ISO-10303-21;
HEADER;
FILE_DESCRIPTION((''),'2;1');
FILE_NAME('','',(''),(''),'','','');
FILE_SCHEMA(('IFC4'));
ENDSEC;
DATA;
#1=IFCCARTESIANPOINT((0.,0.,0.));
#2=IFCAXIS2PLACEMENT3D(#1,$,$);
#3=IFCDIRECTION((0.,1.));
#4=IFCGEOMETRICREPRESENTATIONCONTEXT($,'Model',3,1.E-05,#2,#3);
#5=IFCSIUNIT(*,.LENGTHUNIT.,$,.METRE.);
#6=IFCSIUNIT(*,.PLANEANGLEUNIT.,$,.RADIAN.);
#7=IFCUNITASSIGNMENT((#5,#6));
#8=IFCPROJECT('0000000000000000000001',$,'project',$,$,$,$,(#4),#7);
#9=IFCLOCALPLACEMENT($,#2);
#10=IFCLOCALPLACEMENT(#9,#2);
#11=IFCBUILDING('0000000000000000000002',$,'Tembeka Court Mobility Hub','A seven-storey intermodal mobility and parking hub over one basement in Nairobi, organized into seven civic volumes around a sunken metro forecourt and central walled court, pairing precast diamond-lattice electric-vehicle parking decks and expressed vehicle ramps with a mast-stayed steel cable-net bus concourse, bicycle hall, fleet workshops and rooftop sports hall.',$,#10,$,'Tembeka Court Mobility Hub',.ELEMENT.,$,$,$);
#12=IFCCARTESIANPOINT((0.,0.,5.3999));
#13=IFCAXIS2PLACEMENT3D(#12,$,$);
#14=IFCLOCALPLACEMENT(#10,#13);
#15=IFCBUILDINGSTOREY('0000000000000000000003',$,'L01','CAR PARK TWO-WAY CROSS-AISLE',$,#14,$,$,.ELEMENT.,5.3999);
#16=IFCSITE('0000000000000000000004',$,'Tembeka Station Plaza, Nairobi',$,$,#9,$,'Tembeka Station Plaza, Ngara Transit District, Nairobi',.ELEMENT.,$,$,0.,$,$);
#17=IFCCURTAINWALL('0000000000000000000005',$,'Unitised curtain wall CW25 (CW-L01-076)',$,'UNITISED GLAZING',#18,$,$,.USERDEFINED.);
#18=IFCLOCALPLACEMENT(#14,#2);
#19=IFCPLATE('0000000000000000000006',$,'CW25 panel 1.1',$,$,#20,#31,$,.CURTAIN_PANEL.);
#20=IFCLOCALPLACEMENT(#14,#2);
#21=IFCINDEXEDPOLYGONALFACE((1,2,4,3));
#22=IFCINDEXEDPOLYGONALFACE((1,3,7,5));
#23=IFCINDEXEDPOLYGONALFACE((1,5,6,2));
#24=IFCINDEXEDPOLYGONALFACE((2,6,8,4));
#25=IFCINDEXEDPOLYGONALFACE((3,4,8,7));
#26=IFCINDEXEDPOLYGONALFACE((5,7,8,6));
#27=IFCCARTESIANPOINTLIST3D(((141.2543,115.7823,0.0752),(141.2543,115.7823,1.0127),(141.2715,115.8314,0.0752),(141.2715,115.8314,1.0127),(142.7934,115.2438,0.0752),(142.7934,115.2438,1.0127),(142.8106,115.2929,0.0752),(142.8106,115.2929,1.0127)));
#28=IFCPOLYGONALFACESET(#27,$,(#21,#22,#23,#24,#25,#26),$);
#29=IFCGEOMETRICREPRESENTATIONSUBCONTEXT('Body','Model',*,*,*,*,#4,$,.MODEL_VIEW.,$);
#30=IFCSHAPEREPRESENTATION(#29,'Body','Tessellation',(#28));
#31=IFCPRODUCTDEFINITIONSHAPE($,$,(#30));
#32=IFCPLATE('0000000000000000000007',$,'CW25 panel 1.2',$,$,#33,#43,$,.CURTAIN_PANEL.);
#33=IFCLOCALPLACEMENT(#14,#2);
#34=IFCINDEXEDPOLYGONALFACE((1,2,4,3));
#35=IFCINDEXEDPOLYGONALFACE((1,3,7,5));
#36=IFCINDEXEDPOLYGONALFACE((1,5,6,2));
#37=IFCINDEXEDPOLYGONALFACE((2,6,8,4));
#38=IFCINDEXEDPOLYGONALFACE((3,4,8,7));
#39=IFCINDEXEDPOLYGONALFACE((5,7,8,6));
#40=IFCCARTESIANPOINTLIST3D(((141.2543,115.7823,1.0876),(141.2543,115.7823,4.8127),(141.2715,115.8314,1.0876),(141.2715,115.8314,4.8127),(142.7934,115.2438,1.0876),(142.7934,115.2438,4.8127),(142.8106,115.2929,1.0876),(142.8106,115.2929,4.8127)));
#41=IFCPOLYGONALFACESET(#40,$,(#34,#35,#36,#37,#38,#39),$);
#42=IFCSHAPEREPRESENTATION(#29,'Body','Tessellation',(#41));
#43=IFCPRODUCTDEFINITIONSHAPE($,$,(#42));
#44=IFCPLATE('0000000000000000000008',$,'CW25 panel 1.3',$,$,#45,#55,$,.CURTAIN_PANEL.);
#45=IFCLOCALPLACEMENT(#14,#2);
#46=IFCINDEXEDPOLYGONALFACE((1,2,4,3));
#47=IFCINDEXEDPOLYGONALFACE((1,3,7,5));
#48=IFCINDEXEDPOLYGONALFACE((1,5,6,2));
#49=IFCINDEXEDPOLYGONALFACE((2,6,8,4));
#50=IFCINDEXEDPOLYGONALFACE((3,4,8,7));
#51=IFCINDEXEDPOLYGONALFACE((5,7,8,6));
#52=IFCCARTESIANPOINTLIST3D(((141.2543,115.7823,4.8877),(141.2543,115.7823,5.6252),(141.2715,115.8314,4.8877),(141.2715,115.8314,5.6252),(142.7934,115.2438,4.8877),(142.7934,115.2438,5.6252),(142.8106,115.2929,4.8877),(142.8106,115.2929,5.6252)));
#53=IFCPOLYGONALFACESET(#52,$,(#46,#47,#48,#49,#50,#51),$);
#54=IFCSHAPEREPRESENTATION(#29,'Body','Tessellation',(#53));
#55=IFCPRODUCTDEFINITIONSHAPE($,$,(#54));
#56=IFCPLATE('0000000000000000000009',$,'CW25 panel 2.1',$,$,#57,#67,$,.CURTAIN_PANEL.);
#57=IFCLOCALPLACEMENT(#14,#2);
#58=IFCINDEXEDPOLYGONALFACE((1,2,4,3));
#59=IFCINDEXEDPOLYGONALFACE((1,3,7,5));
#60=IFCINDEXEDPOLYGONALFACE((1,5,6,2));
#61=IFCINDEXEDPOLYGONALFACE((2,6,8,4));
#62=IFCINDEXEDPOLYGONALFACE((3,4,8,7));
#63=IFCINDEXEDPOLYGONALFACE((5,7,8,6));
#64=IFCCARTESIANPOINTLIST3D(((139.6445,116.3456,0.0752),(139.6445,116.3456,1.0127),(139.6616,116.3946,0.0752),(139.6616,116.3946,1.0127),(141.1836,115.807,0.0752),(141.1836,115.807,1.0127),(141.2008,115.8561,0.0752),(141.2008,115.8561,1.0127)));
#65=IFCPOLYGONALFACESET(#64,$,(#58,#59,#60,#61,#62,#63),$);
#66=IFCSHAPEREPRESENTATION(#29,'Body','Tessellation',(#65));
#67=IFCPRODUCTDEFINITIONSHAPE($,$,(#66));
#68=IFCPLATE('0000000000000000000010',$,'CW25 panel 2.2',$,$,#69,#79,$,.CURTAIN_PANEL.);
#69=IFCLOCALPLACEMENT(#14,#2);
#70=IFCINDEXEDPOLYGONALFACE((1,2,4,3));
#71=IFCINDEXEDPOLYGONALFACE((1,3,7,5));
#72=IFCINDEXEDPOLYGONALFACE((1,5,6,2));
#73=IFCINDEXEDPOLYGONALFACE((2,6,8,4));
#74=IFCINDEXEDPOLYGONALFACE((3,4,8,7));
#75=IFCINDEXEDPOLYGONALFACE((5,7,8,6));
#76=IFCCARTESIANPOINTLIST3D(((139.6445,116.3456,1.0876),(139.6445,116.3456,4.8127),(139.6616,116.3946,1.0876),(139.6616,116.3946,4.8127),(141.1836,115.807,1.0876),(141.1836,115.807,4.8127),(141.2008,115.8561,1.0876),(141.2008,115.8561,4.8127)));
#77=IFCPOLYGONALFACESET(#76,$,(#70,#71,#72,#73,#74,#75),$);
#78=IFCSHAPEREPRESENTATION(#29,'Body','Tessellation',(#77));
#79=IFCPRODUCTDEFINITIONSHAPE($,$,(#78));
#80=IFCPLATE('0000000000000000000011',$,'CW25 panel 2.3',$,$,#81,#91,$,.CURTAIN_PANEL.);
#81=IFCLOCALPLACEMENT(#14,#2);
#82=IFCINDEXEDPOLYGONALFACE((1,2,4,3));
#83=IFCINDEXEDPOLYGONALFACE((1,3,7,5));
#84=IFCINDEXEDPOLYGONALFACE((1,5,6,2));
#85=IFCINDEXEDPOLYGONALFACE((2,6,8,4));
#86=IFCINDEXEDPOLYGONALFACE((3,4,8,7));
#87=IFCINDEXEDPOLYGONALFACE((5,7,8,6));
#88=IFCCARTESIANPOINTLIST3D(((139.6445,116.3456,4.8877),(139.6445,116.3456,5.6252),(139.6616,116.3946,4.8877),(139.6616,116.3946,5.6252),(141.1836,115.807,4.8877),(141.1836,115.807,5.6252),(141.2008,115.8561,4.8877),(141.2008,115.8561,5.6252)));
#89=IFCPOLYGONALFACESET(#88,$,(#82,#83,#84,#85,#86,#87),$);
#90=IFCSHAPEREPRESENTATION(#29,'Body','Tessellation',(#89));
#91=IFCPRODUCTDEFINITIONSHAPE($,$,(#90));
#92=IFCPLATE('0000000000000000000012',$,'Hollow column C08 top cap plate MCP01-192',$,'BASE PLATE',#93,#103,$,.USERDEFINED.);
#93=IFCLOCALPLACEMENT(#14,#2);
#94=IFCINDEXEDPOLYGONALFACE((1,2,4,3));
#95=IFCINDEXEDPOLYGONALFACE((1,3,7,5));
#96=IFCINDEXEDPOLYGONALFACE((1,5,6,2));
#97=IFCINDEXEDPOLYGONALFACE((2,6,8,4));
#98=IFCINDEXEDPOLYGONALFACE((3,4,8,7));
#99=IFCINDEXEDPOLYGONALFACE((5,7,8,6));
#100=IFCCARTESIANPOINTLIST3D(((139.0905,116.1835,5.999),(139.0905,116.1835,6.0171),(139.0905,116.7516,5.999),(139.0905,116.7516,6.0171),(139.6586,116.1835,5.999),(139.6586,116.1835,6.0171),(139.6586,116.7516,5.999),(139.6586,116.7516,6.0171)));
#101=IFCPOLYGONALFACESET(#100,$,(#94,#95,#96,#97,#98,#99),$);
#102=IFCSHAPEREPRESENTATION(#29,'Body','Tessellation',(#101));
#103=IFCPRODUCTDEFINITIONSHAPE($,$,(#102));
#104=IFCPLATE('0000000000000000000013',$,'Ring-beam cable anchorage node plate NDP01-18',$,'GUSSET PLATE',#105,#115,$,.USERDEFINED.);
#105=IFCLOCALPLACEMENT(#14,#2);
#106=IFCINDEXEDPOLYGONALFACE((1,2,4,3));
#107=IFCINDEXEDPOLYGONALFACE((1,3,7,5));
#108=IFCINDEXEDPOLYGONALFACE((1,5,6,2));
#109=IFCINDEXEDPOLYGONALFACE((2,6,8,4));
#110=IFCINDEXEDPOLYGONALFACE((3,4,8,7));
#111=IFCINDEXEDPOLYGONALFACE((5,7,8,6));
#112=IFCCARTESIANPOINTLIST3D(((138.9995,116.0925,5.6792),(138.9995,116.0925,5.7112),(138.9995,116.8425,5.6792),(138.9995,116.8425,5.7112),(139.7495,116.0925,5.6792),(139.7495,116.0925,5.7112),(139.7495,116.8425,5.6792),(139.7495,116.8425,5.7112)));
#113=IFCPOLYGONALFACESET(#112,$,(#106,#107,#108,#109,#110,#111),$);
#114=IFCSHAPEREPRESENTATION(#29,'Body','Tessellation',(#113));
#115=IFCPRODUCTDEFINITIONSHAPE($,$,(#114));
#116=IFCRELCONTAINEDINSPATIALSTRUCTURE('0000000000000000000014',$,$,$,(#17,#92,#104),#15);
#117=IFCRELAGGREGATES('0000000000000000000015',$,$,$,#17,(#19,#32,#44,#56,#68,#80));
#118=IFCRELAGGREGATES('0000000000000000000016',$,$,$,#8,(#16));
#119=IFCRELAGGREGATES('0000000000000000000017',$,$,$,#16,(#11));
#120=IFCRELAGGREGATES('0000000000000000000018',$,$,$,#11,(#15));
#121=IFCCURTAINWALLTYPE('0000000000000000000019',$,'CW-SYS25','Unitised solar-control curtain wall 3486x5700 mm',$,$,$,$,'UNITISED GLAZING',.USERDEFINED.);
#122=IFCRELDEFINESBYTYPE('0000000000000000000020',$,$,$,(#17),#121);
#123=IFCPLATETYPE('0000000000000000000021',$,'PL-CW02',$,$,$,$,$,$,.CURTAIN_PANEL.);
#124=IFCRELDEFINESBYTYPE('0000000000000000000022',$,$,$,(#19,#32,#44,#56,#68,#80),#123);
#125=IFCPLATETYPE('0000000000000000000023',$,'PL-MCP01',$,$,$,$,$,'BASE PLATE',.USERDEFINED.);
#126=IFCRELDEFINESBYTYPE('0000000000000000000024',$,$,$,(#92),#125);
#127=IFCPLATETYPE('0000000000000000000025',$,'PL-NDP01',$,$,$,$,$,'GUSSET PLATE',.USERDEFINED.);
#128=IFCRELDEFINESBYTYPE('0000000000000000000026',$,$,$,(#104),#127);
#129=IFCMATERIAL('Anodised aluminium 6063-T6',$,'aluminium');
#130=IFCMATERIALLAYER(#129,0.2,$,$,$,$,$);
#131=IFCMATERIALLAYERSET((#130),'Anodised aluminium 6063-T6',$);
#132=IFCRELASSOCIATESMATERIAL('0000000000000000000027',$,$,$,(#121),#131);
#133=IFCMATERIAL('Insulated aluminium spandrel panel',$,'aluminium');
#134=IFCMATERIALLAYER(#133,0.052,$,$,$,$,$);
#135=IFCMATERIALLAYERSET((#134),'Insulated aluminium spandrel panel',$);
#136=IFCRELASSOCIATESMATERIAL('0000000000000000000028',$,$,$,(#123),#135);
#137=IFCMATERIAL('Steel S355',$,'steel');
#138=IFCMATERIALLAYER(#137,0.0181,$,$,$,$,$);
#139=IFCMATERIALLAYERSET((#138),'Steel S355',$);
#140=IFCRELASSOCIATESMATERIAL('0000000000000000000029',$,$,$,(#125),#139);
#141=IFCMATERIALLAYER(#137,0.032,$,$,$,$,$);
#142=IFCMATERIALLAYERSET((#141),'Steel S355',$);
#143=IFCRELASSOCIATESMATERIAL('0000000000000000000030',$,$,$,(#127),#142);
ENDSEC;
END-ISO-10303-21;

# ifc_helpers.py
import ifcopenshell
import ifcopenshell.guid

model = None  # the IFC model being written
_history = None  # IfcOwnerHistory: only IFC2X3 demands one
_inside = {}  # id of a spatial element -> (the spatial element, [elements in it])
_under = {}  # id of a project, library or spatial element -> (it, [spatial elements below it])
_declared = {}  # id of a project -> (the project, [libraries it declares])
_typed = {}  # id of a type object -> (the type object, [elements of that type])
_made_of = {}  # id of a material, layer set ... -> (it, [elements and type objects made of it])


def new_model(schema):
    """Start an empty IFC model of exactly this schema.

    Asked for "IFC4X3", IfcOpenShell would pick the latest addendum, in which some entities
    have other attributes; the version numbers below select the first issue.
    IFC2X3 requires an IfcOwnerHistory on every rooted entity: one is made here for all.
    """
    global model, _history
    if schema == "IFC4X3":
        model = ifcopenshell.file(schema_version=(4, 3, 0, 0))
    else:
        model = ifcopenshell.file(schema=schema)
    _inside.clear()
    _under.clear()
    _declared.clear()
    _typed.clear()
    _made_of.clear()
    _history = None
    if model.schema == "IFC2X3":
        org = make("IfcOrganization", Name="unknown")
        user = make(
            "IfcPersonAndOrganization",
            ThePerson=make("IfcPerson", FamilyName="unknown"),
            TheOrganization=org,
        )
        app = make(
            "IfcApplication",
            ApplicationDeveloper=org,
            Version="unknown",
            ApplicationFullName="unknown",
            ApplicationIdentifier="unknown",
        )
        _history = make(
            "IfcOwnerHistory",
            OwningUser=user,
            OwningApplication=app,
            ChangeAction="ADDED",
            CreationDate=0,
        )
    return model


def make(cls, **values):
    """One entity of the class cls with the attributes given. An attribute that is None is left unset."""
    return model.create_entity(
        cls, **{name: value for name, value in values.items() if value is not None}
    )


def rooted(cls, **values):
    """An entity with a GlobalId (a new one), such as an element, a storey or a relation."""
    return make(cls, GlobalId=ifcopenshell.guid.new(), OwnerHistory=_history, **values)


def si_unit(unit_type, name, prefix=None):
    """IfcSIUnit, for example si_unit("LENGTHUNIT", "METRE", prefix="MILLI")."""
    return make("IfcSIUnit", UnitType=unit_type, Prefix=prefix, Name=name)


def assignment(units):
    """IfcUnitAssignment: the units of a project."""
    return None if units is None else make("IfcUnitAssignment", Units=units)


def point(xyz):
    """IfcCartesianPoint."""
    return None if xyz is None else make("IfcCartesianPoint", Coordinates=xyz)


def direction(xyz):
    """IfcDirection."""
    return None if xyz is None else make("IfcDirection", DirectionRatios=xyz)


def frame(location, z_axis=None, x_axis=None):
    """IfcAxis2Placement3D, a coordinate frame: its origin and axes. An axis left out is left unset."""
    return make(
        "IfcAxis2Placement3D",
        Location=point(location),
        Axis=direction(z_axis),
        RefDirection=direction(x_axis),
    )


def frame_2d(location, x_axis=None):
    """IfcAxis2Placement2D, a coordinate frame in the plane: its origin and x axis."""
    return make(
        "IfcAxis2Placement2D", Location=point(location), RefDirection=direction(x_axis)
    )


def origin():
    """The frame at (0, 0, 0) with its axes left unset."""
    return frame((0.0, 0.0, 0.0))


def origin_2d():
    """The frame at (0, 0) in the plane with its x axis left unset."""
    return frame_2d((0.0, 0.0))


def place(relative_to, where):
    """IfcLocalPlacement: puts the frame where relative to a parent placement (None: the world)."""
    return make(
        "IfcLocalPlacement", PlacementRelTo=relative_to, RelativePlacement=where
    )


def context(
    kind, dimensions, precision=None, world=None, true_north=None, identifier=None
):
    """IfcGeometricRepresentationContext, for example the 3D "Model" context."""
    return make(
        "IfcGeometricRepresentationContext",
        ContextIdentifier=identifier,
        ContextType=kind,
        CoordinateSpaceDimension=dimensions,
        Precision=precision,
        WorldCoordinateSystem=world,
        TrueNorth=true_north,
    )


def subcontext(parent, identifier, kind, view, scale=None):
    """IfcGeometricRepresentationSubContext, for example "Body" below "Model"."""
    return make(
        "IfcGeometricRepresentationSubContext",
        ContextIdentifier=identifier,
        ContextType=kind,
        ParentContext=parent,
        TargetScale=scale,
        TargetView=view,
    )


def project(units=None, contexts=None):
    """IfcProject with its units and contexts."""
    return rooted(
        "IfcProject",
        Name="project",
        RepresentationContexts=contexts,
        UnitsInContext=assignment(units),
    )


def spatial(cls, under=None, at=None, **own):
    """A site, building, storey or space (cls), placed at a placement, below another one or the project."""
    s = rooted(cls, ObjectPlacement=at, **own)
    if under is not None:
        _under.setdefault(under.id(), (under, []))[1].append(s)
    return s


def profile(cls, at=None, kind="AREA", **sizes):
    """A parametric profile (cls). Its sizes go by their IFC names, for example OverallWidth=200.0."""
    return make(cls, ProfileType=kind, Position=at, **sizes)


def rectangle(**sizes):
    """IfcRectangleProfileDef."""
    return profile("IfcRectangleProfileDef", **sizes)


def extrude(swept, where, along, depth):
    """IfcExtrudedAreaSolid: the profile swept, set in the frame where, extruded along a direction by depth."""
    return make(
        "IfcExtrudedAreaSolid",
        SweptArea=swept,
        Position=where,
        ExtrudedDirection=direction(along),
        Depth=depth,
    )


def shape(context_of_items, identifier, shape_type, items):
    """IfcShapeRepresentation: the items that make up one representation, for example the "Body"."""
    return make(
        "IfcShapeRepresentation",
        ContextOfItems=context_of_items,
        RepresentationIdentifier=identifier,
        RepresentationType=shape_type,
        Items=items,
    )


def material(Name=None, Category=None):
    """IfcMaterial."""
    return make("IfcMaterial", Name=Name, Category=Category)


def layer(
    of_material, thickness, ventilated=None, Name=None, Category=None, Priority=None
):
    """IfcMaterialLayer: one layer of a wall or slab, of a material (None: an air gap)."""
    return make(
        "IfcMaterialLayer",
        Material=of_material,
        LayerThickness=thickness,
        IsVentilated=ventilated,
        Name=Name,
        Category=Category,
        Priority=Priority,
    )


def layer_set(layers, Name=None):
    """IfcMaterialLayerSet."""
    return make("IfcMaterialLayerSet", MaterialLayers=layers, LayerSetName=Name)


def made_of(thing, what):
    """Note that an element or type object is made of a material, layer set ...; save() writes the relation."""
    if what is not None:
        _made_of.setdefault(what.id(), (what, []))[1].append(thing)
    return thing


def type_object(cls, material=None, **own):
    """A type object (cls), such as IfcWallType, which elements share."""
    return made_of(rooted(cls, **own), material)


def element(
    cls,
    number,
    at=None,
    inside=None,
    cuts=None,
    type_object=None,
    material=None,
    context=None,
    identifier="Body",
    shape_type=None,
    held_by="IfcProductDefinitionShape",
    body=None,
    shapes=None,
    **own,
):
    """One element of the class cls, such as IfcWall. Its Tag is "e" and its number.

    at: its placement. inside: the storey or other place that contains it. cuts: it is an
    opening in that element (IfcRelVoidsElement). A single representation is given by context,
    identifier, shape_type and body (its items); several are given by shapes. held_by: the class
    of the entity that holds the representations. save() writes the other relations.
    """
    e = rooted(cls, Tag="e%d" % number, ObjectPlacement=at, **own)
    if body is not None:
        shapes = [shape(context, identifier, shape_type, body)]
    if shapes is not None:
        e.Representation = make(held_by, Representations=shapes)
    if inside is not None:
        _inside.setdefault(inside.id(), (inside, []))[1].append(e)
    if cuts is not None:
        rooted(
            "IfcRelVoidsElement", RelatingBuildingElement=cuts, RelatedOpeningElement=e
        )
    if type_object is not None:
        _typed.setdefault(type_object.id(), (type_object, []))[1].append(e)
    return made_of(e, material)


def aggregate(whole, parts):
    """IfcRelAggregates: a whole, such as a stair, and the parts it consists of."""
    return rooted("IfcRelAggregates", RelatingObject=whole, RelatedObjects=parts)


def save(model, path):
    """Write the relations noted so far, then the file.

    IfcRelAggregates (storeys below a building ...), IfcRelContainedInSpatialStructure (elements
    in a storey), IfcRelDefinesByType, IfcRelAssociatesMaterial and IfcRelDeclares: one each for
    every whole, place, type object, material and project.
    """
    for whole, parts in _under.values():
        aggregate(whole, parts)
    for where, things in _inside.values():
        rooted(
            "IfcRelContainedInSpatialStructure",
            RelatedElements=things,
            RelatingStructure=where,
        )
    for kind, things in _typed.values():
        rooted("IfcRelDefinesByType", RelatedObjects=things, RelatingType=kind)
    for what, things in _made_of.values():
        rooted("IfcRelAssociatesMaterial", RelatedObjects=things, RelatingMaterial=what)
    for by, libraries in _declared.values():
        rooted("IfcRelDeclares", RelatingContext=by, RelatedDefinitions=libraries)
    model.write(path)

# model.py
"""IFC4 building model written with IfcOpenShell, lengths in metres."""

from ifc_helpers import new_model, si_unit, direction, frame, origin, origin_2d, place, context, subcontext, project, spatial, rectangle, extrude, material, layer, layer_set, type_object, element, aggregate, save


model = new_model("IFC4")

# Units and contexts
model_context = context("Model", 3, precision=1e-05, world=origin(), true_north=direction((0.0, 1.0)))
body_context = subcontext(model_context, "Body", "Model", "MODEL_VIEW")
ifc_project = project(units=[si_unit("LENGTHUNIT", "METRE"), si_unit("PLANEANGLEUNIT", "RADIAN")], contexts=[model_context])

# Site, building, storey
site_placement = place(None, origin())
site = spatial("IfcSite", under=ifc_project, at=site_placement, Name="Tembeka Station Plaza, Nairobi", LongName="Tembeka Station Plaza, Ngara Transit District, Nairobi", CompositionType="ELEMENT", RefElevation=0.0)
building_placement = place(site_placement, origin())
building = spatial("IfcBuilding", under=site, at=building_placement, Name="Tembeka Court Mobility Hub", Description="A seven-storey intermodal mobility and parking hub over one basement in Nairobi, organized into seven civic volumes around a sunken metro forecourt and central walled court, pairing precast diamond-lattice electric-vehicle parking decks and expressed vehicle ramps with a mast-stayed steel cable-net bus concourse, bicycle hall, fleet workshops and rooftop sports hall.", LongName="Tembeka Court Mobility Hub", CompositionType="ELEMENT")
storey_placement = place(building_placement, frame((0.0, 0.0, 5.3999)))
storey = spatial("IfcBuildingStorey", under=building, at=storey_placement, Name="L01", Description="CAR PARK TWO-WAY CROSS-AISLE", CompositionType="ELEMENT", Elevation=5.3999)

# Shared definitions
ifc_material_1 = material(Name="Steel S355", Category="steel")

# Curtain wall
ifc_material_2 = material(Name="Anodised aluminium 6063-T6", Category="aluminium")
ifc_layer_1 = layer(ifc_material_2, 0.2)
ifc_layer_set_1 = layer_set([ifc_layer_1], Name="Anodised aluminium 6063-T6")
curtain_wall_type = type_object("IfcCurtainWallType", Name="CW-SYS25", Description="Unitised solar-control curtain wall 3486x5700 mm", ElementType="UNITISED GLAZING", PredefinedType="USERDEFINED", material=ifc_layer_set_1)
curtain_wall_1_placement = place(storey_placement, origin())
curtain_wall_1 = element("IfcCurtainWall", 1, at=curtain_wall_1_placement, inside=storey, type_object=curtain_wall_type, Name="Unitised curtain wall CW25 (CW-L01-076)", ObjectType="UNITISED GLAZING", PredefinedType="USERDEFINED")

# Plates
ifc_material_3 = material(Name="Insulated aluminium spandrel panel", Category="aluminium")
ifc_layer_2 = layer(ifc_material_3, 0.052)
ifc_layer_set_2 = layer_set([ifc_layer_2], Name="Insulated aluminium spandrel panel")
plate_type_1 = type_object("IfcPlateType", Name="PL-CW02", PredefinedType="CURTAIN_PANEL", material=ifc_layer_set_2)
plate_1_placement = place(storey_placement, frame((142.0325, 115.5376, 0.0752), z_axis=(0.0, 0.0, 1.0), x_axis=(-0.943889, 0.330264, 0.0)))
plate_1 = element("IfcPlate", 2, at=plate_1_placement, type_object=plate_type_1, Name="CW25 panel 1.1", PredefinedType="CURTAIN_PANEL", context=body_context, shape_type="SweptSolid", body=[
    extrude(rectangle(XDim=1.6306, YDim=0.052, at=origin_2d()), origin(), (0.0, 0.0, 1.0), 0.9375),
])
plate_2_placement = place(storey_placement, frame((142.0325, 115.5376, 1.0876), z_axis=(0.0, 0.0, 1.0), x_axis=(-0.943889, 0.330264, 0.0)))
plate_2 = element("IfcPlate", 3, at=plate_2_placement, type_object=plate_type_1, Name="CW25 panel 1.2", PredefinedType="CURTAIN_PANEL", context=body_context, shape_type="SweptSolid", body=[
    extrude(rectangle(XDim=1.6306, YDim=0.052, at=origin_2d()), origin(), (0.0, 0.0, 1.0), 3.7251),
])
plate_3_placement = place(storey_placement, frame((142.0325, 115.5376, 4.8877), z_axis=(0.0, 0.0, 1.0), x_axis=(-0.943889, 0.330264, 0.0)))
plate_3 = element("IfcPlate", 4, at=plate_3_placement, type_object=plate_type_1, Name="CW25 panel 1.3", PredefinedType="CURTAIN_PANEL", context=body_context, shape_type="SweptSolid", body=[
    extrude(rectangle(XDim=1.6306, YDim=0.052, at=origin_2d()), origin(), (0.0, 0.0, 1.0), 0.7375),
])
plate_4_placement = place(storey_placement, frame((140.4226, 116.1008, 0.0752), z_axis=(0.0, 0.0, 1.0), x_axis=(-0.943889, 0.330264, 0.0)))
plate_4 = element("IfcPlate", 5, at=plate_4_placement, type_object=plate_type_1, Name="CW25 panel 2.1", PredefinedType="CURTAIN_PANEL", context=body_context, shape_type="SweptSolid", body=[
    extrude(rectangle(XDim=1.6306, YDim=0.052, at=origin_2d()), origin(), (0.0, 0.0, 1.0), 0.9375),
])
plate_5_placement = place(storey_placement, frame((140.4226, 116.1008, 1.0876), z_axis=(0.0, 0.0, 1.0), x_axis=(-0.943889, 0.330264, 0.0)))
plate_5 = element("IfcPlate", 6, at=plate_5_placement, type_object=plate_type_1, Name="CW25 panel 2.2", PredefinedType="CURTAIN_PANEL", context=body_context, shape_type="SweptSolid", body=[
    extrude(rectangle(XDim=1.6306, YDim=0.052, at=origin_2d()), origin(), (0.0, 0.0, 1.0), 3.7251),
])
plate_6_placement = place(storey_placement, frame((140.4226, 116.1008, 4.8877), z_axis=(0.0, 0.0, 1.0), x_axis=(-0.943889, 0.330264, 0.0)))
plate_6 = element("IfcPlate", 7, at=plate_6_placement, type_object=plate_type_1, Name="CW25 panel 2.3", PredefinedType="CURTAIN_PANEL", context=body_context, shape_type="SweptSolid", body=[
    extrude(rectangle(XDim=1.6306, YDim=0.052, at=origin_2d()), origin(), (0.0, 0.0, 1.0), 0.7375),
])
aggregate(curtain_wall_1, [plate_1, plate_2, plate_3, plate_4, plate_5, plate_6])

# Plates
ifc_layer_3 = layer(ifc_material_1, 0.0181)
ifc_layer_set_3 = layer_set([ifc_layer_3], Name="Steel S355")
plate_type_2 = type_object("IfcPlateType", Name="PL-MCP01", ElementType="BASE PLATE", PredefinedType="USERDEFINED", material=ifc_layer_set_3)
plate_7_placement = place(storey_placement, frame((139.3745, 116.4675, 5.999), z_axis=(0.0, 0.0, 1.0), x_axis=(1.0, 0.0, 0.0)))
element("IfcPlate", 8, at=plate_7_placement, inside=storey, type_object=plate_type_2, Name="Hollow column C08 top cap plate MCP01-192", ObjectType="BASE PLATE", PredefinedType="USERDEFINED", context=body_context, shape_type="SweptSolid", body=[
    extrude(rectangle(XDim=0.5681, YDim=0.5681, at=origin_2d()), origin(), (0.0, 0.0, 1.0), 0.0181),
])
ifc_layer_4 = layer(ifc_material_1, 0.032)
ifc_layer_set_4 = layer_set([ifc_layer_4], Name="Steel S355")
plate_type_3 = type_object("IfcPlateType", Name="PL-NDP01", ElementType="GUSSET PLATE", PredefinedType="USERDEFINED", material=ifc_layer_set_4)
plate_8_placement = place(storey_placement, frame((139.3745, 116.4675, 5.6792), z_axis=(0.0, 0.0, 1.0), x_axis=(1.0, 0.0, 0.0)))
element("IfcPlate", 9, at=plate_8_placement, inside=storey, type_object=plate_type_3, Name="Ring-beam cable anchorage node plate NDP01-18", ObjectType="GUSSET PLATE", PredefinedType="USERDEFINED", context=body_context, shape_type="SweptSolid", body=[
    extrude(rectangle(XDim=0.75, YDim=0.75, at=origin_2d()), origin(), (0.0, 0.0, 1.0), 0.032),
])

save(model, "model.ifc")
